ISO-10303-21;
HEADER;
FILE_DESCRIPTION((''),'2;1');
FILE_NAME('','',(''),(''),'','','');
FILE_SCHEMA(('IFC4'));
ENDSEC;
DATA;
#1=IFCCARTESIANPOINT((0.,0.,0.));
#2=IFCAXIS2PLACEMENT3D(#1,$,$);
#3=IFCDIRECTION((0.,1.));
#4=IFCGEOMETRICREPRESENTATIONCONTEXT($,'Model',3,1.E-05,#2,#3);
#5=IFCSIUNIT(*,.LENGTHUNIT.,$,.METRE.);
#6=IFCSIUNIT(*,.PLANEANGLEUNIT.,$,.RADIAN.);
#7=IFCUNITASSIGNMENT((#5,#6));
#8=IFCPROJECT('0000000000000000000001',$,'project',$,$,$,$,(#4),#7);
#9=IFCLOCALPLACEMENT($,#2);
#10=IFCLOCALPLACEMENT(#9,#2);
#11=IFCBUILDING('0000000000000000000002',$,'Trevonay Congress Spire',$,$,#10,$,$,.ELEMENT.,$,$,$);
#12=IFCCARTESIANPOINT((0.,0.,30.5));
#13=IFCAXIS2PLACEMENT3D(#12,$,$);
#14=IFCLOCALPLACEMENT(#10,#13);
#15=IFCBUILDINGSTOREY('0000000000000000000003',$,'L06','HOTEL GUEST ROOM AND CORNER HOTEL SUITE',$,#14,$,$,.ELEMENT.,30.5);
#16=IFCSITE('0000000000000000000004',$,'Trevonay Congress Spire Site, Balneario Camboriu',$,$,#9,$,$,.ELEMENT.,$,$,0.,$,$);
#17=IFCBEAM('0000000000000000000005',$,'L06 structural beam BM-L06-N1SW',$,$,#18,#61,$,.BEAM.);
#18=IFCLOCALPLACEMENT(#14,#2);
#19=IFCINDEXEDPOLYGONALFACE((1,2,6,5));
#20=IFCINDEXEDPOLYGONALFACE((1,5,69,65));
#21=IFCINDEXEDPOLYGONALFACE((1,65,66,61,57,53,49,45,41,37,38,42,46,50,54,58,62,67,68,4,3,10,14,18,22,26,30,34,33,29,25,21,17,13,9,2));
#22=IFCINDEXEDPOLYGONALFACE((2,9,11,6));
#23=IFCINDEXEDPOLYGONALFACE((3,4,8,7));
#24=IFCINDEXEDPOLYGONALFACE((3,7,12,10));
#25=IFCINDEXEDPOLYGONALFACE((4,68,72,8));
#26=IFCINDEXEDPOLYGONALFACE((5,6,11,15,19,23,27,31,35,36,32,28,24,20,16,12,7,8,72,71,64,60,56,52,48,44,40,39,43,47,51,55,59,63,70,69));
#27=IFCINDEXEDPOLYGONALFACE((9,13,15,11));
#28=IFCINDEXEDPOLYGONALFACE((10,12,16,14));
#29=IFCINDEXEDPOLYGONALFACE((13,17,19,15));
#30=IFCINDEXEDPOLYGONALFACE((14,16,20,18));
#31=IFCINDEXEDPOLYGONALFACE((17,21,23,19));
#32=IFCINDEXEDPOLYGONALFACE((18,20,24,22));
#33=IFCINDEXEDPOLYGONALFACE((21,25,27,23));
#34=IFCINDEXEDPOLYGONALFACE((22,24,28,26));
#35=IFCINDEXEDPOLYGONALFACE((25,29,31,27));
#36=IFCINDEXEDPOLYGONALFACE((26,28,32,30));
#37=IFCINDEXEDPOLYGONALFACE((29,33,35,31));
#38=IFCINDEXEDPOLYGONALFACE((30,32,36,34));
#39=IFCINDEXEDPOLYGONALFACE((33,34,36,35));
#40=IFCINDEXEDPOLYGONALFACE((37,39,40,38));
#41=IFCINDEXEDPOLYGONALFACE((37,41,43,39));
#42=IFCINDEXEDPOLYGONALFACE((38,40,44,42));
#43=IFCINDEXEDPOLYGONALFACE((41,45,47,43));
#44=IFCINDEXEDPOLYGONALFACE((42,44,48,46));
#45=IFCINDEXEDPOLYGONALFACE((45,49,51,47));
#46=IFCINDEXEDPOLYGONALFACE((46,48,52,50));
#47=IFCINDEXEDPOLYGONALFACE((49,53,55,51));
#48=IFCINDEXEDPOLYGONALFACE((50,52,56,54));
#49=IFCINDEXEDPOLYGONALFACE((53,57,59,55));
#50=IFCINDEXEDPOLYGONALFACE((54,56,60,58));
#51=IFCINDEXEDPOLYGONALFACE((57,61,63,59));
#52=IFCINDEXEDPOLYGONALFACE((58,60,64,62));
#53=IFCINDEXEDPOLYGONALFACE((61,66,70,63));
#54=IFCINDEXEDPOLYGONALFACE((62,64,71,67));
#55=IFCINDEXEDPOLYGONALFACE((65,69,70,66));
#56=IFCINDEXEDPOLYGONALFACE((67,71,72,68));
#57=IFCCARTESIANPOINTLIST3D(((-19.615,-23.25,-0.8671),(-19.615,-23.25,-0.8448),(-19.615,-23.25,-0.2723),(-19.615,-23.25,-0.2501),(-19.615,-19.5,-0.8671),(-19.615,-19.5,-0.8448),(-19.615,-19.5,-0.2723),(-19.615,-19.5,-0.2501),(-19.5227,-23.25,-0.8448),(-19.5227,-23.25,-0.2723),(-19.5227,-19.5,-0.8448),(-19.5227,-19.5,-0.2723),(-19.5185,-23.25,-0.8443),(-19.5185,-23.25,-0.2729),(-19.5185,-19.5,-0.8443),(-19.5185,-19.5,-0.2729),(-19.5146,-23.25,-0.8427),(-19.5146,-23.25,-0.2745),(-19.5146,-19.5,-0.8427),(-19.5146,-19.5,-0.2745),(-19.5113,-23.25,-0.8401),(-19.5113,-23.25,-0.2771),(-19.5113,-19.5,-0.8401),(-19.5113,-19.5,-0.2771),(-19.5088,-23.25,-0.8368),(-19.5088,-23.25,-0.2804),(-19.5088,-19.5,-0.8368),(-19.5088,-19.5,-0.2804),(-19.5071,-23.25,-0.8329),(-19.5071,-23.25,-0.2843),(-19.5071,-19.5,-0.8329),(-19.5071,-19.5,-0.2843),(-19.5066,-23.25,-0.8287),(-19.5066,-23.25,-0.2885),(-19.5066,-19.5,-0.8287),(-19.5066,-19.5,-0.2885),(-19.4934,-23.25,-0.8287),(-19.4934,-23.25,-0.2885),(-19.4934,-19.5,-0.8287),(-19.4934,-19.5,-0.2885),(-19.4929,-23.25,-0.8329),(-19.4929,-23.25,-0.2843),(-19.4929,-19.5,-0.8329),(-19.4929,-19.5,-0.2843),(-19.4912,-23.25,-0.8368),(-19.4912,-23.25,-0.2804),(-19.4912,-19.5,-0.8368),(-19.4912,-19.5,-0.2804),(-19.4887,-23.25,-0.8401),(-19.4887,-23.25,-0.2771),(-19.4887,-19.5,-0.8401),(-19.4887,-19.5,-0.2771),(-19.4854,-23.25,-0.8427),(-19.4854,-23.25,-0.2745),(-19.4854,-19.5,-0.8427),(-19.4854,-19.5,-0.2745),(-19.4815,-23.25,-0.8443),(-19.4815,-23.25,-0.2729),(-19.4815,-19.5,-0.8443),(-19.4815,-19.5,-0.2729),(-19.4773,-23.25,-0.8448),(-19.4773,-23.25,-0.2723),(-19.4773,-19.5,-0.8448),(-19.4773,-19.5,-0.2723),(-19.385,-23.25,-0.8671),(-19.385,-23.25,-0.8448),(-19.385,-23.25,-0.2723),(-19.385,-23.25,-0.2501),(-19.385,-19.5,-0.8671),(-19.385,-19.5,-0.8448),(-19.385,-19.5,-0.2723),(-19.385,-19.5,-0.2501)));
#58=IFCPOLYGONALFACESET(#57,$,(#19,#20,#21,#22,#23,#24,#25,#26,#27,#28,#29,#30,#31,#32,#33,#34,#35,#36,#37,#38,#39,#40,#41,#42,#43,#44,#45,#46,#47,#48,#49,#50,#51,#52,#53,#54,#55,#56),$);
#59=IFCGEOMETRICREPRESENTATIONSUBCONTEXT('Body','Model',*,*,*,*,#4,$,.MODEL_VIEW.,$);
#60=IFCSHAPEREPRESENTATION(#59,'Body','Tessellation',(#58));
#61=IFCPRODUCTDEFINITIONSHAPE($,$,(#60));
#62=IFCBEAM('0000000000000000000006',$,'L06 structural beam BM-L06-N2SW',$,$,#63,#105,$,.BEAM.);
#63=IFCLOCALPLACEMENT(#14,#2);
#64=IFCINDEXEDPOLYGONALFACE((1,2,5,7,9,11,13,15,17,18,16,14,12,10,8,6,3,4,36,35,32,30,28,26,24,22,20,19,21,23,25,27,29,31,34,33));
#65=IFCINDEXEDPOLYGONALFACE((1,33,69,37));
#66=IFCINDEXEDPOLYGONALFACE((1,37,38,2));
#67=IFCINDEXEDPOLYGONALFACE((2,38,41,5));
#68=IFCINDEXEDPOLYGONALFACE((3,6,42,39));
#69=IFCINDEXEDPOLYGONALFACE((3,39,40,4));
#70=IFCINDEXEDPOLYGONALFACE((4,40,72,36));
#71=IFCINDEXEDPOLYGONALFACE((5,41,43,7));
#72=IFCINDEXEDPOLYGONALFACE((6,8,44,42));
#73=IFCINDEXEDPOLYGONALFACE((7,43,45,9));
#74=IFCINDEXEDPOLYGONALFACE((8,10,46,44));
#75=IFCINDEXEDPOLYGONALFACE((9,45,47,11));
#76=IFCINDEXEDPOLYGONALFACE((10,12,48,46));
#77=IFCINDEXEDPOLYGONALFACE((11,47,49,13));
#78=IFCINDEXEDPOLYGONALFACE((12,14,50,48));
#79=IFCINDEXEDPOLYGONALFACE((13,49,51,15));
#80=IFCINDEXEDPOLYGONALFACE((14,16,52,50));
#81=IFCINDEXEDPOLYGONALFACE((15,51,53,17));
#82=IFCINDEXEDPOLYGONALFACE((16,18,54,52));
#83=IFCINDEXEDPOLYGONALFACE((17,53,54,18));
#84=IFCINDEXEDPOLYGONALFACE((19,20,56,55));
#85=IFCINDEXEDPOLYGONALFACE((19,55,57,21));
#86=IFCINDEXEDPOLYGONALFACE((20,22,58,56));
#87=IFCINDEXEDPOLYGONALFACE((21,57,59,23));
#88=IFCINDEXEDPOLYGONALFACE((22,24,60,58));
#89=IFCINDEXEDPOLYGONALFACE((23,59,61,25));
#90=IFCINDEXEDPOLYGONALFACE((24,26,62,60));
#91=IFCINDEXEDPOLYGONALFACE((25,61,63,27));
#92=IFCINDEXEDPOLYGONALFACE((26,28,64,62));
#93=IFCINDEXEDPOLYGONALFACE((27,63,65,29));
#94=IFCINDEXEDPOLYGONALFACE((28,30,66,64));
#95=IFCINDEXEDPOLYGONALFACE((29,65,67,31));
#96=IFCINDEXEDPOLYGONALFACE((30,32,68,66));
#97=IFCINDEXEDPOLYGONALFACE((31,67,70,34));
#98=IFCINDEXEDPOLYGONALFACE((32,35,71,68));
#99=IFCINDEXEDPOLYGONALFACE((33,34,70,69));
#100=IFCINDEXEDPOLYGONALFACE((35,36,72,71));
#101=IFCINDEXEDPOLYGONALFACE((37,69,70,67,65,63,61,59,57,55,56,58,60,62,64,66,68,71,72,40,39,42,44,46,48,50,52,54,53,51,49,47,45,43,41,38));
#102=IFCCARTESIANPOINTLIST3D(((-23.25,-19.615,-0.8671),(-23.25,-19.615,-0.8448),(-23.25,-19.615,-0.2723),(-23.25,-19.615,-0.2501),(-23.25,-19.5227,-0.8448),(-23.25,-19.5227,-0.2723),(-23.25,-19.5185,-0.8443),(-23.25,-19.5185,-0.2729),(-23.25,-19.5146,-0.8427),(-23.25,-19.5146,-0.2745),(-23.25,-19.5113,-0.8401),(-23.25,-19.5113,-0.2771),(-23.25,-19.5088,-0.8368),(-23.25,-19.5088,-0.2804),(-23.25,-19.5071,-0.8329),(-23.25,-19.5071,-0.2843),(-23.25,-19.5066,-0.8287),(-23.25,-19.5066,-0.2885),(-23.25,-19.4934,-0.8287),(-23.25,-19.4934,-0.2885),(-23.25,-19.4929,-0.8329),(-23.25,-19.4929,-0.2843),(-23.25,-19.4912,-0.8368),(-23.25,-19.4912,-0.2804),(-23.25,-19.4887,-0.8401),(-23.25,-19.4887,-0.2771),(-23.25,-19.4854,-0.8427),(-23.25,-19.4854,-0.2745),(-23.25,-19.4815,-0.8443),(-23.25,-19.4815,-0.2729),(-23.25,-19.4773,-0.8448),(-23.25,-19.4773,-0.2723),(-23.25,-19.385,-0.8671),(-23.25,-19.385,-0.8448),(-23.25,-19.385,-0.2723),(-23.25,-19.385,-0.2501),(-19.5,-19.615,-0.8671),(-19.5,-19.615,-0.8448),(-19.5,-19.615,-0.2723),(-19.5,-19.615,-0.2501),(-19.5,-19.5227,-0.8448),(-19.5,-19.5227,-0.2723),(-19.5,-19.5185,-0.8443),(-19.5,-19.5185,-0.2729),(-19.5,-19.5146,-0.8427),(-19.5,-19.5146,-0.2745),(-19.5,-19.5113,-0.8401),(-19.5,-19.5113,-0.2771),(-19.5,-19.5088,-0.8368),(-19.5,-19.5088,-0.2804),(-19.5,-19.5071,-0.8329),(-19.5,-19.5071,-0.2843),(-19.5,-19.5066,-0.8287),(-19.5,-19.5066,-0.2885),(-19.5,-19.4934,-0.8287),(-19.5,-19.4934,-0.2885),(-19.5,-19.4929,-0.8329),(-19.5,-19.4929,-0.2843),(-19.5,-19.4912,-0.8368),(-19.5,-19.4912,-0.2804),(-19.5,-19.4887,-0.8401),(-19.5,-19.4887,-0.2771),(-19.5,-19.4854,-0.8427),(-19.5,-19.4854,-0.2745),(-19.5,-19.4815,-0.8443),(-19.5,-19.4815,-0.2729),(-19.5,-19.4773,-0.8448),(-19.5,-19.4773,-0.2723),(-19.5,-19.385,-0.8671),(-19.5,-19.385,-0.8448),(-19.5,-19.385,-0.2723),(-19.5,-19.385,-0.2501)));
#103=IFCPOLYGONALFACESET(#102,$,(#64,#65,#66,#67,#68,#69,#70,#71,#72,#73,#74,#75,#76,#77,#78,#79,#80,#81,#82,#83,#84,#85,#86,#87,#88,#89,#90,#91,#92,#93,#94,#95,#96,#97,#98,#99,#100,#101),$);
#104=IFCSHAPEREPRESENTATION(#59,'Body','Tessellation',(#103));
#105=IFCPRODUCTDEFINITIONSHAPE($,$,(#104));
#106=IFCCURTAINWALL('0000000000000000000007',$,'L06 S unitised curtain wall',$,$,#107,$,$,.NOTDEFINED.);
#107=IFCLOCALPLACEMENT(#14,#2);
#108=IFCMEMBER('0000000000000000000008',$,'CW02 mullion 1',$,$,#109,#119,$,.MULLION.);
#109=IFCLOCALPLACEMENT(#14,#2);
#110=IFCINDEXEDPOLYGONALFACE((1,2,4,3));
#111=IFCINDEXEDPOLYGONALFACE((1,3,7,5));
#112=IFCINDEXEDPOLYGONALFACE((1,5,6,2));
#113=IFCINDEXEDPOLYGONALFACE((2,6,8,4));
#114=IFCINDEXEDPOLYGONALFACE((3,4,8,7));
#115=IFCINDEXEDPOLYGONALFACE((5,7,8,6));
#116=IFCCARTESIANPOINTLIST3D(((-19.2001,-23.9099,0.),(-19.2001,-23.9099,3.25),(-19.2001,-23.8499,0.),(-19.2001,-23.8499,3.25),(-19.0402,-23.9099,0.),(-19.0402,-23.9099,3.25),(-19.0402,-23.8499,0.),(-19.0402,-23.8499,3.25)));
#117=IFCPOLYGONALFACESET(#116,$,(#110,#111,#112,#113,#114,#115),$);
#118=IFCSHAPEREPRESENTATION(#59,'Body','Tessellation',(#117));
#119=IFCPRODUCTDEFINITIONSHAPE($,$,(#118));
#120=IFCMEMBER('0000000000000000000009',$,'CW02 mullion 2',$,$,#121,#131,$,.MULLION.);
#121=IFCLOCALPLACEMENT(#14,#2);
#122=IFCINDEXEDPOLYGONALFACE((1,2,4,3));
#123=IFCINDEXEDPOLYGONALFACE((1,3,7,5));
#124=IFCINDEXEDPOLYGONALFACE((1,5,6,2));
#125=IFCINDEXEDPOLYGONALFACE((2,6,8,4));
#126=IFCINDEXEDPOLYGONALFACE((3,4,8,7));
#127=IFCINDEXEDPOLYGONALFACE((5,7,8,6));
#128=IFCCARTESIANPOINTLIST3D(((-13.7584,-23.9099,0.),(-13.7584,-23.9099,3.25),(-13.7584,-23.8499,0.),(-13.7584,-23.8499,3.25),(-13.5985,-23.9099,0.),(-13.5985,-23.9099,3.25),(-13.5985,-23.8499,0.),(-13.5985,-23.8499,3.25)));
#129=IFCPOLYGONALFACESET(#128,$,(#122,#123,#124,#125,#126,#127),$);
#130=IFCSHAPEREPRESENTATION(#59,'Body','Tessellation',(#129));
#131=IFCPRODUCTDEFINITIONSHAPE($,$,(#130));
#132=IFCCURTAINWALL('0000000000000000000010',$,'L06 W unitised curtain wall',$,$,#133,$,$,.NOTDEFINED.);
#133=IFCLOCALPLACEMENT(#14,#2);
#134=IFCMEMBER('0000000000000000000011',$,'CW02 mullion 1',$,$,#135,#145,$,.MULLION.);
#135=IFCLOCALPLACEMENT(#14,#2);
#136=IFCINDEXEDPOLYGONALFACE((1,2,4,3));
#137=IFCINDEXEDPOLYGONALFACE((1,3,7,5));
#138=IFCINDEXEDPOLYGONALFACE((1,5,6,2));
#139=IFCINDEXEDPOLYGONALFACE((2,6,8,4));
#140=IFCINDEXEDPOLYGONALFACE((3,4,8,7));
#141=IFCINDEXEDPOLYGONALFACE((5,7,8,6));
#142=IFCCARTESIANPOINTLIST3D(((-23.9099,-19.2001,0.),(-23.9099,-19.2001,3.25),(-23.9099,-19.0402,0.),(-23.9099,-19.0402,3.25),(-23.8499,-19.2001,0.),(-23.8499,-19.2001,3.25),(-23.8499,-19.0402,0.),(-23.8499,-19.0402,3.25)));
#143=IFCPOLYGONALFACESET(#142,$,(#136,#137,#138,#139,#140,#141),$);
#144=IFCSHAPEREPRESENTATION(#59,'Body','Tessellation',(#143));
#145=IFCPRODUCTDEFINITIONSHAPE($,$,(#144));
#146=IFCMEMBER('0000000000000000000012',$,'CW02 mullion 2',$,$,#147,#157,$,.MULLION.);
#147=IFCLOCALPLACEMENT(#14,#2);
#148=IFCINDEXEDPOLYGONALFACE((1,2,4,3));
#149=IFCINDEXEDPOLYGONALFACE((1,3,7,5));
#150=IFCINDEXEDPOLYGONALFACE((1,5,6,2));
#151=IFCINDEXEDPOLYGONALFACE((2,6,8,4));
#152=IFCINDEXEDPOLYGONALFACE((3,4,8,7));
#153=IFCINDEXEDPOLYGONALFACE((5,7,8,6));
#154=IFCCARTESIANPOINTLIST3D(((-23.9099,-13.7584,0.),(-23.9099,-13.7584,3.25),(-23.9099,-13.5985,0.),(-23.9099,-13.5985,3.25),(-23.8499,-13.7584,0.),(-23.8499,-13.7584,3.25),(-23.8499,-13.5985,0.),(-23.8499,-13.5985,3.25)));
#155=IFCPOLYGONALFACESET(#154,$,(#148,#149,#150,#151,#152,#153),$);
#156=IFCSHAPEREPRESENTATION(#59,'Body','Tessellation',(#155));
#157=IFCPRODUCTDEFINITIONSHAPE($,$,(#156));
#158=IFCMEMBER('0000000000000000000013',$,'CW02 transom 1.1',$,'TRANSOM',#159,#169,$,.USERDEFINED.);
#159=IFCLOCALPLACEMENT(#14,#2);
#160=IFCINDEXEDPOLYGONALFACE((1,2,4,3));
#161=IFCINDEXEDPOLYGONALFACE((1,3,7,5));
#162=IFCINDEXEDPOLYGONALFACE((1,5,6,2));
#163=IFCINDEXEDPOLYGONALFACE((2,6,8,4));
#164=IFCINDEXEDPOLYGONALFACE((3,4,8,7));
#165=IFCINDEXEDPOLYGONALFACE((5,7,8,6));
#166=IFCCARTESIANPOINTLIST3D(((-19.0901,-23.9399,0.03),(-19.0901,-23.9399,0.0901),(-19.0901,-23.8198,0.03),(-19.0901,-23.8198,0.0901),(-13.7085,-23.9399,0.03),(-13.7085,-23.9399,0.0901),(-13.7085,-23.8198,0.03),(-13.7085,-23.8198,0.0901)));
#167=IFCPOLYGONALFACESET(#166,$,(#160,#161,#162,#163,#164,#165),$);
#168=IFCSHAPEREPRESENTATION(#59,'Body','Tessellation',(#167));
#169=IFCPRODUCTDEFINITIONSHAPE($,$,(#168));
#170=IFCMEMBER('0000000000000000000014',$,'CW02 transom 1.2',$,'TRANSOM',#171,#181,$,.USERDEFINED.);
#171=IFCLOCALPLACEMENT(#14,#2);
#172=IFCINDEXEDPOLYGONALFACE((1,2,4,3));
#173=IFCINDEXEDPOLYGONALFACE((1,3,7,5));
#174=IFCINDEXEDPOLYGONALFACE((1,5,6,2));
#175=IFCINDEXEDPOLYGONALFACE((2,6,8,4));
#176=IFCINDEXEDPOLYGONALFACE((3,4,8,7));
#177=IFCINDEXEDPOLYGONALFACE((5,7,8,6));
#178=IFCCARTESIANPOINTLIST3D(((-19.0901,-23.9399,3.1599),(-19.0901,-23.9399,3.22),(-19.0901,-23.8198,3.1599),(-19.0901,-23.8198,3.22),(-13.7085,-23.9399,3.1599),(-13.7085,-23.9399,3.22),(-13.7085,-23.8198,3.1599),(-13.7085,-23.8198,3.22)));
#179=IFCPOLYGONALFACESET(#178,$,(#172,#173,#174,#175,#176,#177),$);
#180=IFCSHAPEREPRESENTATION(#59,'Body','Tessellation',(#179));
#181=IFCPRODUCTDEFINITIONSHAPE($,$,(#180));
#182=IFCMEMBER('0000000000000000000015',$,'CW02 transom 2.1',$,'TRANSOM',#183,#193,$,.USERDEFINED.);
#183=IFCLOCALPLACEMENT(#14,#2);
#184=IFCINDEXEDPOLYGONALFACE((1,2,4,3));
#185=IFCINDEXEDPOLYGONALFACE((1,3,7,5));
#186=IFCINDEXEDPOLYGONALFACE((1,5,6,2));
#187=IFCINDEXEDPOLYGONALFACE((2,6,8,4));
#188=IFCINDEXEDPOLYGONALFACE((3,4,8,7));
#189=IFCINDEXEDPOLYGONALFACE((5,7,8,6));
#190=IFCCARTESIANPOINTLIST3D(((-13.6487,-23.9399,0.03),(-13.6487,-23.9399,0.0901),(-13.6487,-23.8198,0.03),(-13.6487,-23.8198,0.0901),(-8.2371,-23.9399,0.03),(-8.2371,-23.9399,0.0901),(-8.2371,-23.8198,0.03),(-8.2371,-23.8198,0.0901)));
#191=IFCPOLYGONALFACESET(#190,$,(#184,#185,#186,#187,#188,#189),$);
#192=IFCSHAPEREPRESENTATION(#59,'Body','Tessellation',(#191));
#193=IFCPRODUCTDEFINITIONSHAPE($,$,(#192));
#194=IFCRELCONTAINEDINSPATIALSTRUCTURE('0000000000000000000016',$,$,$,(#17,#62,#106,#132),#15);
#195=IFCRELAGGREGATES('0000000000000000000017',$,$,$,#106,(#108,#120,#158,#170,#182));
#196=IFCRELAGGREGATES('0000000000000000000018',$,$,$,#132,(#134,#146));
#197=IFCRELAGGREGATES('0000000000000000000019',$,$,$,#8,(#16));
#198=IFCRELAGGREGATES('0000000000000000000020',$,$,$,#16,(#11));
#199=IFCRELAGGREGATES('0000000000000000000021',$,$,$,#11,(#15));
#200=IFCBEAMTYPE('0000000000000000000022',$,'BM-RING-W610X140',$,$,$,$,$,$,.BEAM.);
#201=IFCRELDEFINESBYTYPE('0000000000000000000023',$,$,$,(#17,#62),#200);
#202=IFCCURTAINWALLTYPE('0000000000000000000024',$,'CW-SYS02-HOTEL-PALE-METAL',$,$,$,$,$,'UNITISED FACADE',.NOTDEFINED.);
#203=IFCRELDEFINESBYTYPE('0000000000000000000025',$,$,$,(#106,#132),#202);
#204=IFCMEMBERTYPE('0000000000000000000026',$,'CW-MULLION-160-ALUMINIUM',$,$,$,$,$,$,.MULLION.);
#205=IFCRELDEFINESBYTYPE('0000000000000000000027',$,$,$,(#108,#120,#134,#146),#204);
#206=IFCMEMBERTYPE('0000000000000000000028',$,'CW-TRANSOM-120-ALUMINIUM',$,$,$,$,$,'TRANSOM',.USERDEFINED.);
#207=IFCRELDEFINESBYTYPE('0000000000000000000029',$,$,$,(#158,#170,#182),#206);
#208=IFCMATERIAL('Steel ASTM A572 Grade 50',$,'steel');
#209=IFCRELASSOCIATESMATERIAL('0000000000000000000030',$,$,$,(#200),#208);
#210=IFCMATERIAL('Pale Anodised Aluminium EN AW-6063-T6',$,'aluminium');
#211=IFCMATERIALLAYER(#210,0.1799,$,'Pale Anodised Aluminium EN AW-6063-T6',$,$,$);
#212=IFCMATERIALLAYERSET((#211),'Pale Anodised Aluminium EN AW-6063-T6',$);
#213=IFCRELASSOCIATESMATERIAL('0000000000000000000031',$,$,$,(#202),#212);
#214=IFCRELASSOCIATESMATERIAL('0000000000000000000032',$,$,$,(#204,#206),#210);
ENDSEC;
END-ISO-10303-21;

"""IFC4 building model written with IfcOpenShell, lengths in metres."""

from ifc_helpers import new_model, si_unit, direction, frame, origin, origin_2d, place, context, subcontext, project, spatial, rectangle, i_section, extrude, material, layer, layer_set, material_profile, profile_set, type_object, element, aggregate, save


model = new_model("IFC4")

# Units and contexts
model_context = context("Model", 3, precision=1e-05, world=origin(), true_north=direction((0.0, 1.0)))
body_context = subcontext(model_context, "Body", "Model", "MODEL_VIEW")
ifc_project = project(units=[si_unit("LENGTHUNIT", "METRE"), si_unit("PLANEANGLEUNIT", "RADIAN")], contexts=[model_context])

# Site, building, storey
site_placement = place(None, origin())
site = spatial("IfcSite", under=ifc_project, at=site_placement, Name="Trevonay Congress Spire Site, Balneario Camboriu", CompositionType="ELEMENT", RefElevation=0.0)
building_placement = place(site_placement, origin())
building = spatial("IfcBuilding", under=site, at=building_placement, Name="Trevonay Congress Spire", CompositionType="ELEMENT")
storey_placement = place(building_placement, frame((0.0, 0.0, 30.5)))
storey = spatial("IfcBuildingStorey", under=building, at=storey_placement, Name="L06", Description="HOTEL GUEST ROOM AND CORNER HOTEL SUITE", CompositionType="ELEMENT", Elevation=30.5)

# Shared definitions
ifc_material_1 = material(Name="Steel ASTM A572 Grade 50", Category="steel")

# Beams
ifc_material_profile_1 = material_profile(ifc_material_1, i_section(OverallWidth=0.23, OverallDepth=0.6169, WebThickness=0.0132, FlangeThickness=0.0222, FilletRadius=0.0161, at=origin_2d()), Name="W610x140")
ifc_profile_set_1 = profile_set([ifc_material_profile_1], Name="Steel ASTM A572 Grade 50")
beam_type = type_object("IfcBeamType", Name="BM-RING-W610X140", PredefinedType="BEAM", material=ifc_profile_set_1)
for number, where, z_axis, x_axis, name in (
    (1, (-19.5, -23.25, -0.5586), (0.0, 1.0, 0.0), (-1.0, 0.0, 0.0), "L06 structural beam BM-L06-N1SW"),
    (2, (-23.25, -19.5, -0.5586), (1.0, 0.0, 0.0), (0.0, 1.0, 0.0), "L06 structural beam BM-L06-N2SW"),
):
    element("IfcBeam", number, at=place(storey_placement, frame(where, z_axis=z_axis, x_axis=x_axis)), inside=storey, type_object=beam_type, Name=name, PredefinedType="BEAM", context=body_context, shape_type="SweptSolid", body=[
        extrude(i_section(OverallWidth=0.23, OverallDepth=0.6169, WebThickness=0.0132, FlangeThickness=0.0222, FilletRadius=0.0161, at=origin_2d()), origin(), (0.0, 0.0, 1.0), 3.75),
    ])

# Curtain walls, members
ifc_material_2 = material(Name="Pale Anodised Aluminium EN AW-6063-T6", Category="aluminium")
ifc_layer_1 = layer(ifc_material_2, 0.1799, Name="Pale Anodised Aluminium EN AW-6063-T6")
ifc_layer_set_1 = layer_set([ifc_layer_1], Name="Pale Anodised Aluminium EN AW-6063-T6")
curtain_wall_type = type_object("IfcCurtainWallType", Name="CW-SYS02-HOTEL-PALE-METAL", ElementType="UNITISED FACADE", PredefinedType="NOTDEFINED", material=ifc_layer_set_1)
curtain_wall_1_placement = place(storey_placement, origin())
curtain_wall_1 = element("IfcCurtainWall", 3, at=curtain_wall_1_placement, inside=storey, type_object=curtain_wall_type, Name="L06 S unitised curtain wall", PredefinedType="NOTDEFINED")
ifc_material_profile_2 = material_profile(ifc_material_2, rectangle(XDim=0.0601, YDim=0.1599, at=origin_2d()), Name="CW-MULLION-160-ALUMINIUM")
ifc_profile_set_2 = profile_set([ifc_material_profile_2], Name="Pale Anodised Aluminium EN AW-6063-T6")
member_type_1 = type_object("IfcMemberType", Name="CW-MULLION-160-ALUMINIUM", PredefinedType="MULLION", material=ifc_profile_set_2)
member_1_placement = place(storey_placement, frame((-19.1201, -23.8799, 0.0), z_axis=(0.0, 0.0, 1.0), x_axis=(0.0, 1.0, 0.0)))
member_1 = element("IfcMember", 4, at=member_1_placement, type_object=member_type_1, Name="CW02 mullion 1", PredefinedType="MULLION", context=body_context, shape_type="SweptSolid", body=[
    extrude(rectangle(XDim=0.0601, YDim=0.1599, at=origin_2d()), origin(), (0.0, 0.0, 1.0), 3.25),
])
member_2_placement = place(storey_placement, frame((-13.6785, -23.8799, 0.0), z_axis=(0.0, 0.0, 1.0), x_axis=(0.0, 1.0, 0.0)))
member_2 = element("IfcMember", 5, at=member_2_placement, type_object=member_type_1, Name="CW02 mullion 2", PredefinedType="MULLION", context=body_context, shape_type="SweptSolid", body=[
    extrude(rectangle(XDim=0.0601, YDim=0.1599, at=origin_2d()), origin(), (0.0, 0.0, 1.0), 3.25),
])
curtain_wall_2_placement = place(storey_placement, origin())
curtain_wall_2 = element("IfcCurtainWall", 6, at=curtain_wall_2_placement, inside=storey, type_object=curtain_wall_type, Name="L06 W unitised curtain wall", PredefinedType="NOTDEFINED")
member_3_placement = place(storey_placement, frame((-23.8799, -19.1201, 0.0), z_axis=(0.0, 0.0, 1.0), x_axis=(-1.0, 0.0, 0.0)))
member_3 = element("IfcMember", 7, at=member_3_placement, type_object=member_type_1, Name="CW02 mullion 1", PredefinedType="MULLION", context=body_context, shape_type="SweptSolid", body=[
    extrude(rectangle(XDim=0.0601, YDim=0.1599, at=origin_2d()), origin(), (0.0, 0.0, 1.0), 3.25),
])
member_4_placement = place(storey_placement, frame((-23.8799, -13.6785, 0.0), z_axis=(0.0, 0.0, 1.0), x_axis=(-1.0, 0.0, 0.0)))
member_4 = element("IfcMember", 8, at=member_4_placement, type_object=member_type_1, Name="CW02 mullion 2", PredefinedType="MULLION", context=body_context, shape_type="SweptSolid", body=[
    extrude(rectangle(XDim=0.0601, YDim=0.1599, at=origin_2d()), origin(), (0.0, 0.0, 1.0), 3.25),
])

# Members
ifc_material_profile_3 = material_profile(ifc_material_2, rectangle(XDim=0.1201, YDim=0.0601, at=origin_2d()), Name="CW-TRANSOM-120-ALUMINIUM")
ifc_profile_set_3 = profile_set([ifc_material_profile_3], Name="Pale Anodised Aluminium EN AW-6063-T6")
member_type_2 = type_object("IfcMemberType", Name="CW-TRANSOM-120-ALUMINIUM", ElementType="TRANSOM", PredefinedType="USERDEFINED", material=ifc_profile_set_3)
member_5_placement = place(storey_placement, frame((-19.0901, -23.8799, 0.0601), z_axis=(1.0, 0.0, 0.0), x_axis=(0.0, 1.0, 0.0)))
member_5 = element("IfcMember", 9, at=member_5_placement, type_object=member_type_2, Name="CW02 transom 1.1", ObjectType="TRANSOM", PredefinedType="USERDEFINED", context=body_context, shape_type="SweptSolid", body=[
    extrude(rectangle(XDim=0.1201, YDim=0.0601, at=origin_2d()), origin(), (0.0, 0.0, 1.0), 5.3816),
])
member_6_placement = place(storey_placement, frame((-19.0901, -23.8799, 3.1899), z_axis=(1.0, 0.0, 0.0), x_axis=(0.0, 1.0, 0.0)))
member_6 = element("IfcMember", 10, at=member_6_placement, type_object=member_type_2, Name="CW02 transom 1.2", ObjectType="TRANSOM", PredefinedType="USERDEFINED", context=body_context, shape_type="SweptSolid", body=[
    extrude(rectangle(XDim=0.1201, YDim=0.0601, at=origin_2d()), origin(), (0.0, 0.0, 1.0), 5.3816),
])
member_7_placement = place(storey_placement, frame((-13.6487, -23.8799, 0.0601), z_axis=(1.0, 0.0, 0.0), x_axis=(0.0, 1.0, 0.0)))
member_7 = element("IfcMember", 11, at=member_7_placement, type_object=member_type_2, Name="CW02 transom 2.1", ObjectType="TRANSOM", PredefinedType="USERDEFINED", context=body_context, shape_type="SweptSolid", body=[
    extrude(rectangle(XDim=0.1201, YDim=0.0601, at=origin_2d()), origin(), (0.0, 0.0, 1.0), 5.4116),
])

aggregate(curtain_wall_1, [member_1, member_2, member_5, member_6, member_7])
aggregate(curtain_wall_2, [member_3, member_4])

save(model, "model.ifc")
